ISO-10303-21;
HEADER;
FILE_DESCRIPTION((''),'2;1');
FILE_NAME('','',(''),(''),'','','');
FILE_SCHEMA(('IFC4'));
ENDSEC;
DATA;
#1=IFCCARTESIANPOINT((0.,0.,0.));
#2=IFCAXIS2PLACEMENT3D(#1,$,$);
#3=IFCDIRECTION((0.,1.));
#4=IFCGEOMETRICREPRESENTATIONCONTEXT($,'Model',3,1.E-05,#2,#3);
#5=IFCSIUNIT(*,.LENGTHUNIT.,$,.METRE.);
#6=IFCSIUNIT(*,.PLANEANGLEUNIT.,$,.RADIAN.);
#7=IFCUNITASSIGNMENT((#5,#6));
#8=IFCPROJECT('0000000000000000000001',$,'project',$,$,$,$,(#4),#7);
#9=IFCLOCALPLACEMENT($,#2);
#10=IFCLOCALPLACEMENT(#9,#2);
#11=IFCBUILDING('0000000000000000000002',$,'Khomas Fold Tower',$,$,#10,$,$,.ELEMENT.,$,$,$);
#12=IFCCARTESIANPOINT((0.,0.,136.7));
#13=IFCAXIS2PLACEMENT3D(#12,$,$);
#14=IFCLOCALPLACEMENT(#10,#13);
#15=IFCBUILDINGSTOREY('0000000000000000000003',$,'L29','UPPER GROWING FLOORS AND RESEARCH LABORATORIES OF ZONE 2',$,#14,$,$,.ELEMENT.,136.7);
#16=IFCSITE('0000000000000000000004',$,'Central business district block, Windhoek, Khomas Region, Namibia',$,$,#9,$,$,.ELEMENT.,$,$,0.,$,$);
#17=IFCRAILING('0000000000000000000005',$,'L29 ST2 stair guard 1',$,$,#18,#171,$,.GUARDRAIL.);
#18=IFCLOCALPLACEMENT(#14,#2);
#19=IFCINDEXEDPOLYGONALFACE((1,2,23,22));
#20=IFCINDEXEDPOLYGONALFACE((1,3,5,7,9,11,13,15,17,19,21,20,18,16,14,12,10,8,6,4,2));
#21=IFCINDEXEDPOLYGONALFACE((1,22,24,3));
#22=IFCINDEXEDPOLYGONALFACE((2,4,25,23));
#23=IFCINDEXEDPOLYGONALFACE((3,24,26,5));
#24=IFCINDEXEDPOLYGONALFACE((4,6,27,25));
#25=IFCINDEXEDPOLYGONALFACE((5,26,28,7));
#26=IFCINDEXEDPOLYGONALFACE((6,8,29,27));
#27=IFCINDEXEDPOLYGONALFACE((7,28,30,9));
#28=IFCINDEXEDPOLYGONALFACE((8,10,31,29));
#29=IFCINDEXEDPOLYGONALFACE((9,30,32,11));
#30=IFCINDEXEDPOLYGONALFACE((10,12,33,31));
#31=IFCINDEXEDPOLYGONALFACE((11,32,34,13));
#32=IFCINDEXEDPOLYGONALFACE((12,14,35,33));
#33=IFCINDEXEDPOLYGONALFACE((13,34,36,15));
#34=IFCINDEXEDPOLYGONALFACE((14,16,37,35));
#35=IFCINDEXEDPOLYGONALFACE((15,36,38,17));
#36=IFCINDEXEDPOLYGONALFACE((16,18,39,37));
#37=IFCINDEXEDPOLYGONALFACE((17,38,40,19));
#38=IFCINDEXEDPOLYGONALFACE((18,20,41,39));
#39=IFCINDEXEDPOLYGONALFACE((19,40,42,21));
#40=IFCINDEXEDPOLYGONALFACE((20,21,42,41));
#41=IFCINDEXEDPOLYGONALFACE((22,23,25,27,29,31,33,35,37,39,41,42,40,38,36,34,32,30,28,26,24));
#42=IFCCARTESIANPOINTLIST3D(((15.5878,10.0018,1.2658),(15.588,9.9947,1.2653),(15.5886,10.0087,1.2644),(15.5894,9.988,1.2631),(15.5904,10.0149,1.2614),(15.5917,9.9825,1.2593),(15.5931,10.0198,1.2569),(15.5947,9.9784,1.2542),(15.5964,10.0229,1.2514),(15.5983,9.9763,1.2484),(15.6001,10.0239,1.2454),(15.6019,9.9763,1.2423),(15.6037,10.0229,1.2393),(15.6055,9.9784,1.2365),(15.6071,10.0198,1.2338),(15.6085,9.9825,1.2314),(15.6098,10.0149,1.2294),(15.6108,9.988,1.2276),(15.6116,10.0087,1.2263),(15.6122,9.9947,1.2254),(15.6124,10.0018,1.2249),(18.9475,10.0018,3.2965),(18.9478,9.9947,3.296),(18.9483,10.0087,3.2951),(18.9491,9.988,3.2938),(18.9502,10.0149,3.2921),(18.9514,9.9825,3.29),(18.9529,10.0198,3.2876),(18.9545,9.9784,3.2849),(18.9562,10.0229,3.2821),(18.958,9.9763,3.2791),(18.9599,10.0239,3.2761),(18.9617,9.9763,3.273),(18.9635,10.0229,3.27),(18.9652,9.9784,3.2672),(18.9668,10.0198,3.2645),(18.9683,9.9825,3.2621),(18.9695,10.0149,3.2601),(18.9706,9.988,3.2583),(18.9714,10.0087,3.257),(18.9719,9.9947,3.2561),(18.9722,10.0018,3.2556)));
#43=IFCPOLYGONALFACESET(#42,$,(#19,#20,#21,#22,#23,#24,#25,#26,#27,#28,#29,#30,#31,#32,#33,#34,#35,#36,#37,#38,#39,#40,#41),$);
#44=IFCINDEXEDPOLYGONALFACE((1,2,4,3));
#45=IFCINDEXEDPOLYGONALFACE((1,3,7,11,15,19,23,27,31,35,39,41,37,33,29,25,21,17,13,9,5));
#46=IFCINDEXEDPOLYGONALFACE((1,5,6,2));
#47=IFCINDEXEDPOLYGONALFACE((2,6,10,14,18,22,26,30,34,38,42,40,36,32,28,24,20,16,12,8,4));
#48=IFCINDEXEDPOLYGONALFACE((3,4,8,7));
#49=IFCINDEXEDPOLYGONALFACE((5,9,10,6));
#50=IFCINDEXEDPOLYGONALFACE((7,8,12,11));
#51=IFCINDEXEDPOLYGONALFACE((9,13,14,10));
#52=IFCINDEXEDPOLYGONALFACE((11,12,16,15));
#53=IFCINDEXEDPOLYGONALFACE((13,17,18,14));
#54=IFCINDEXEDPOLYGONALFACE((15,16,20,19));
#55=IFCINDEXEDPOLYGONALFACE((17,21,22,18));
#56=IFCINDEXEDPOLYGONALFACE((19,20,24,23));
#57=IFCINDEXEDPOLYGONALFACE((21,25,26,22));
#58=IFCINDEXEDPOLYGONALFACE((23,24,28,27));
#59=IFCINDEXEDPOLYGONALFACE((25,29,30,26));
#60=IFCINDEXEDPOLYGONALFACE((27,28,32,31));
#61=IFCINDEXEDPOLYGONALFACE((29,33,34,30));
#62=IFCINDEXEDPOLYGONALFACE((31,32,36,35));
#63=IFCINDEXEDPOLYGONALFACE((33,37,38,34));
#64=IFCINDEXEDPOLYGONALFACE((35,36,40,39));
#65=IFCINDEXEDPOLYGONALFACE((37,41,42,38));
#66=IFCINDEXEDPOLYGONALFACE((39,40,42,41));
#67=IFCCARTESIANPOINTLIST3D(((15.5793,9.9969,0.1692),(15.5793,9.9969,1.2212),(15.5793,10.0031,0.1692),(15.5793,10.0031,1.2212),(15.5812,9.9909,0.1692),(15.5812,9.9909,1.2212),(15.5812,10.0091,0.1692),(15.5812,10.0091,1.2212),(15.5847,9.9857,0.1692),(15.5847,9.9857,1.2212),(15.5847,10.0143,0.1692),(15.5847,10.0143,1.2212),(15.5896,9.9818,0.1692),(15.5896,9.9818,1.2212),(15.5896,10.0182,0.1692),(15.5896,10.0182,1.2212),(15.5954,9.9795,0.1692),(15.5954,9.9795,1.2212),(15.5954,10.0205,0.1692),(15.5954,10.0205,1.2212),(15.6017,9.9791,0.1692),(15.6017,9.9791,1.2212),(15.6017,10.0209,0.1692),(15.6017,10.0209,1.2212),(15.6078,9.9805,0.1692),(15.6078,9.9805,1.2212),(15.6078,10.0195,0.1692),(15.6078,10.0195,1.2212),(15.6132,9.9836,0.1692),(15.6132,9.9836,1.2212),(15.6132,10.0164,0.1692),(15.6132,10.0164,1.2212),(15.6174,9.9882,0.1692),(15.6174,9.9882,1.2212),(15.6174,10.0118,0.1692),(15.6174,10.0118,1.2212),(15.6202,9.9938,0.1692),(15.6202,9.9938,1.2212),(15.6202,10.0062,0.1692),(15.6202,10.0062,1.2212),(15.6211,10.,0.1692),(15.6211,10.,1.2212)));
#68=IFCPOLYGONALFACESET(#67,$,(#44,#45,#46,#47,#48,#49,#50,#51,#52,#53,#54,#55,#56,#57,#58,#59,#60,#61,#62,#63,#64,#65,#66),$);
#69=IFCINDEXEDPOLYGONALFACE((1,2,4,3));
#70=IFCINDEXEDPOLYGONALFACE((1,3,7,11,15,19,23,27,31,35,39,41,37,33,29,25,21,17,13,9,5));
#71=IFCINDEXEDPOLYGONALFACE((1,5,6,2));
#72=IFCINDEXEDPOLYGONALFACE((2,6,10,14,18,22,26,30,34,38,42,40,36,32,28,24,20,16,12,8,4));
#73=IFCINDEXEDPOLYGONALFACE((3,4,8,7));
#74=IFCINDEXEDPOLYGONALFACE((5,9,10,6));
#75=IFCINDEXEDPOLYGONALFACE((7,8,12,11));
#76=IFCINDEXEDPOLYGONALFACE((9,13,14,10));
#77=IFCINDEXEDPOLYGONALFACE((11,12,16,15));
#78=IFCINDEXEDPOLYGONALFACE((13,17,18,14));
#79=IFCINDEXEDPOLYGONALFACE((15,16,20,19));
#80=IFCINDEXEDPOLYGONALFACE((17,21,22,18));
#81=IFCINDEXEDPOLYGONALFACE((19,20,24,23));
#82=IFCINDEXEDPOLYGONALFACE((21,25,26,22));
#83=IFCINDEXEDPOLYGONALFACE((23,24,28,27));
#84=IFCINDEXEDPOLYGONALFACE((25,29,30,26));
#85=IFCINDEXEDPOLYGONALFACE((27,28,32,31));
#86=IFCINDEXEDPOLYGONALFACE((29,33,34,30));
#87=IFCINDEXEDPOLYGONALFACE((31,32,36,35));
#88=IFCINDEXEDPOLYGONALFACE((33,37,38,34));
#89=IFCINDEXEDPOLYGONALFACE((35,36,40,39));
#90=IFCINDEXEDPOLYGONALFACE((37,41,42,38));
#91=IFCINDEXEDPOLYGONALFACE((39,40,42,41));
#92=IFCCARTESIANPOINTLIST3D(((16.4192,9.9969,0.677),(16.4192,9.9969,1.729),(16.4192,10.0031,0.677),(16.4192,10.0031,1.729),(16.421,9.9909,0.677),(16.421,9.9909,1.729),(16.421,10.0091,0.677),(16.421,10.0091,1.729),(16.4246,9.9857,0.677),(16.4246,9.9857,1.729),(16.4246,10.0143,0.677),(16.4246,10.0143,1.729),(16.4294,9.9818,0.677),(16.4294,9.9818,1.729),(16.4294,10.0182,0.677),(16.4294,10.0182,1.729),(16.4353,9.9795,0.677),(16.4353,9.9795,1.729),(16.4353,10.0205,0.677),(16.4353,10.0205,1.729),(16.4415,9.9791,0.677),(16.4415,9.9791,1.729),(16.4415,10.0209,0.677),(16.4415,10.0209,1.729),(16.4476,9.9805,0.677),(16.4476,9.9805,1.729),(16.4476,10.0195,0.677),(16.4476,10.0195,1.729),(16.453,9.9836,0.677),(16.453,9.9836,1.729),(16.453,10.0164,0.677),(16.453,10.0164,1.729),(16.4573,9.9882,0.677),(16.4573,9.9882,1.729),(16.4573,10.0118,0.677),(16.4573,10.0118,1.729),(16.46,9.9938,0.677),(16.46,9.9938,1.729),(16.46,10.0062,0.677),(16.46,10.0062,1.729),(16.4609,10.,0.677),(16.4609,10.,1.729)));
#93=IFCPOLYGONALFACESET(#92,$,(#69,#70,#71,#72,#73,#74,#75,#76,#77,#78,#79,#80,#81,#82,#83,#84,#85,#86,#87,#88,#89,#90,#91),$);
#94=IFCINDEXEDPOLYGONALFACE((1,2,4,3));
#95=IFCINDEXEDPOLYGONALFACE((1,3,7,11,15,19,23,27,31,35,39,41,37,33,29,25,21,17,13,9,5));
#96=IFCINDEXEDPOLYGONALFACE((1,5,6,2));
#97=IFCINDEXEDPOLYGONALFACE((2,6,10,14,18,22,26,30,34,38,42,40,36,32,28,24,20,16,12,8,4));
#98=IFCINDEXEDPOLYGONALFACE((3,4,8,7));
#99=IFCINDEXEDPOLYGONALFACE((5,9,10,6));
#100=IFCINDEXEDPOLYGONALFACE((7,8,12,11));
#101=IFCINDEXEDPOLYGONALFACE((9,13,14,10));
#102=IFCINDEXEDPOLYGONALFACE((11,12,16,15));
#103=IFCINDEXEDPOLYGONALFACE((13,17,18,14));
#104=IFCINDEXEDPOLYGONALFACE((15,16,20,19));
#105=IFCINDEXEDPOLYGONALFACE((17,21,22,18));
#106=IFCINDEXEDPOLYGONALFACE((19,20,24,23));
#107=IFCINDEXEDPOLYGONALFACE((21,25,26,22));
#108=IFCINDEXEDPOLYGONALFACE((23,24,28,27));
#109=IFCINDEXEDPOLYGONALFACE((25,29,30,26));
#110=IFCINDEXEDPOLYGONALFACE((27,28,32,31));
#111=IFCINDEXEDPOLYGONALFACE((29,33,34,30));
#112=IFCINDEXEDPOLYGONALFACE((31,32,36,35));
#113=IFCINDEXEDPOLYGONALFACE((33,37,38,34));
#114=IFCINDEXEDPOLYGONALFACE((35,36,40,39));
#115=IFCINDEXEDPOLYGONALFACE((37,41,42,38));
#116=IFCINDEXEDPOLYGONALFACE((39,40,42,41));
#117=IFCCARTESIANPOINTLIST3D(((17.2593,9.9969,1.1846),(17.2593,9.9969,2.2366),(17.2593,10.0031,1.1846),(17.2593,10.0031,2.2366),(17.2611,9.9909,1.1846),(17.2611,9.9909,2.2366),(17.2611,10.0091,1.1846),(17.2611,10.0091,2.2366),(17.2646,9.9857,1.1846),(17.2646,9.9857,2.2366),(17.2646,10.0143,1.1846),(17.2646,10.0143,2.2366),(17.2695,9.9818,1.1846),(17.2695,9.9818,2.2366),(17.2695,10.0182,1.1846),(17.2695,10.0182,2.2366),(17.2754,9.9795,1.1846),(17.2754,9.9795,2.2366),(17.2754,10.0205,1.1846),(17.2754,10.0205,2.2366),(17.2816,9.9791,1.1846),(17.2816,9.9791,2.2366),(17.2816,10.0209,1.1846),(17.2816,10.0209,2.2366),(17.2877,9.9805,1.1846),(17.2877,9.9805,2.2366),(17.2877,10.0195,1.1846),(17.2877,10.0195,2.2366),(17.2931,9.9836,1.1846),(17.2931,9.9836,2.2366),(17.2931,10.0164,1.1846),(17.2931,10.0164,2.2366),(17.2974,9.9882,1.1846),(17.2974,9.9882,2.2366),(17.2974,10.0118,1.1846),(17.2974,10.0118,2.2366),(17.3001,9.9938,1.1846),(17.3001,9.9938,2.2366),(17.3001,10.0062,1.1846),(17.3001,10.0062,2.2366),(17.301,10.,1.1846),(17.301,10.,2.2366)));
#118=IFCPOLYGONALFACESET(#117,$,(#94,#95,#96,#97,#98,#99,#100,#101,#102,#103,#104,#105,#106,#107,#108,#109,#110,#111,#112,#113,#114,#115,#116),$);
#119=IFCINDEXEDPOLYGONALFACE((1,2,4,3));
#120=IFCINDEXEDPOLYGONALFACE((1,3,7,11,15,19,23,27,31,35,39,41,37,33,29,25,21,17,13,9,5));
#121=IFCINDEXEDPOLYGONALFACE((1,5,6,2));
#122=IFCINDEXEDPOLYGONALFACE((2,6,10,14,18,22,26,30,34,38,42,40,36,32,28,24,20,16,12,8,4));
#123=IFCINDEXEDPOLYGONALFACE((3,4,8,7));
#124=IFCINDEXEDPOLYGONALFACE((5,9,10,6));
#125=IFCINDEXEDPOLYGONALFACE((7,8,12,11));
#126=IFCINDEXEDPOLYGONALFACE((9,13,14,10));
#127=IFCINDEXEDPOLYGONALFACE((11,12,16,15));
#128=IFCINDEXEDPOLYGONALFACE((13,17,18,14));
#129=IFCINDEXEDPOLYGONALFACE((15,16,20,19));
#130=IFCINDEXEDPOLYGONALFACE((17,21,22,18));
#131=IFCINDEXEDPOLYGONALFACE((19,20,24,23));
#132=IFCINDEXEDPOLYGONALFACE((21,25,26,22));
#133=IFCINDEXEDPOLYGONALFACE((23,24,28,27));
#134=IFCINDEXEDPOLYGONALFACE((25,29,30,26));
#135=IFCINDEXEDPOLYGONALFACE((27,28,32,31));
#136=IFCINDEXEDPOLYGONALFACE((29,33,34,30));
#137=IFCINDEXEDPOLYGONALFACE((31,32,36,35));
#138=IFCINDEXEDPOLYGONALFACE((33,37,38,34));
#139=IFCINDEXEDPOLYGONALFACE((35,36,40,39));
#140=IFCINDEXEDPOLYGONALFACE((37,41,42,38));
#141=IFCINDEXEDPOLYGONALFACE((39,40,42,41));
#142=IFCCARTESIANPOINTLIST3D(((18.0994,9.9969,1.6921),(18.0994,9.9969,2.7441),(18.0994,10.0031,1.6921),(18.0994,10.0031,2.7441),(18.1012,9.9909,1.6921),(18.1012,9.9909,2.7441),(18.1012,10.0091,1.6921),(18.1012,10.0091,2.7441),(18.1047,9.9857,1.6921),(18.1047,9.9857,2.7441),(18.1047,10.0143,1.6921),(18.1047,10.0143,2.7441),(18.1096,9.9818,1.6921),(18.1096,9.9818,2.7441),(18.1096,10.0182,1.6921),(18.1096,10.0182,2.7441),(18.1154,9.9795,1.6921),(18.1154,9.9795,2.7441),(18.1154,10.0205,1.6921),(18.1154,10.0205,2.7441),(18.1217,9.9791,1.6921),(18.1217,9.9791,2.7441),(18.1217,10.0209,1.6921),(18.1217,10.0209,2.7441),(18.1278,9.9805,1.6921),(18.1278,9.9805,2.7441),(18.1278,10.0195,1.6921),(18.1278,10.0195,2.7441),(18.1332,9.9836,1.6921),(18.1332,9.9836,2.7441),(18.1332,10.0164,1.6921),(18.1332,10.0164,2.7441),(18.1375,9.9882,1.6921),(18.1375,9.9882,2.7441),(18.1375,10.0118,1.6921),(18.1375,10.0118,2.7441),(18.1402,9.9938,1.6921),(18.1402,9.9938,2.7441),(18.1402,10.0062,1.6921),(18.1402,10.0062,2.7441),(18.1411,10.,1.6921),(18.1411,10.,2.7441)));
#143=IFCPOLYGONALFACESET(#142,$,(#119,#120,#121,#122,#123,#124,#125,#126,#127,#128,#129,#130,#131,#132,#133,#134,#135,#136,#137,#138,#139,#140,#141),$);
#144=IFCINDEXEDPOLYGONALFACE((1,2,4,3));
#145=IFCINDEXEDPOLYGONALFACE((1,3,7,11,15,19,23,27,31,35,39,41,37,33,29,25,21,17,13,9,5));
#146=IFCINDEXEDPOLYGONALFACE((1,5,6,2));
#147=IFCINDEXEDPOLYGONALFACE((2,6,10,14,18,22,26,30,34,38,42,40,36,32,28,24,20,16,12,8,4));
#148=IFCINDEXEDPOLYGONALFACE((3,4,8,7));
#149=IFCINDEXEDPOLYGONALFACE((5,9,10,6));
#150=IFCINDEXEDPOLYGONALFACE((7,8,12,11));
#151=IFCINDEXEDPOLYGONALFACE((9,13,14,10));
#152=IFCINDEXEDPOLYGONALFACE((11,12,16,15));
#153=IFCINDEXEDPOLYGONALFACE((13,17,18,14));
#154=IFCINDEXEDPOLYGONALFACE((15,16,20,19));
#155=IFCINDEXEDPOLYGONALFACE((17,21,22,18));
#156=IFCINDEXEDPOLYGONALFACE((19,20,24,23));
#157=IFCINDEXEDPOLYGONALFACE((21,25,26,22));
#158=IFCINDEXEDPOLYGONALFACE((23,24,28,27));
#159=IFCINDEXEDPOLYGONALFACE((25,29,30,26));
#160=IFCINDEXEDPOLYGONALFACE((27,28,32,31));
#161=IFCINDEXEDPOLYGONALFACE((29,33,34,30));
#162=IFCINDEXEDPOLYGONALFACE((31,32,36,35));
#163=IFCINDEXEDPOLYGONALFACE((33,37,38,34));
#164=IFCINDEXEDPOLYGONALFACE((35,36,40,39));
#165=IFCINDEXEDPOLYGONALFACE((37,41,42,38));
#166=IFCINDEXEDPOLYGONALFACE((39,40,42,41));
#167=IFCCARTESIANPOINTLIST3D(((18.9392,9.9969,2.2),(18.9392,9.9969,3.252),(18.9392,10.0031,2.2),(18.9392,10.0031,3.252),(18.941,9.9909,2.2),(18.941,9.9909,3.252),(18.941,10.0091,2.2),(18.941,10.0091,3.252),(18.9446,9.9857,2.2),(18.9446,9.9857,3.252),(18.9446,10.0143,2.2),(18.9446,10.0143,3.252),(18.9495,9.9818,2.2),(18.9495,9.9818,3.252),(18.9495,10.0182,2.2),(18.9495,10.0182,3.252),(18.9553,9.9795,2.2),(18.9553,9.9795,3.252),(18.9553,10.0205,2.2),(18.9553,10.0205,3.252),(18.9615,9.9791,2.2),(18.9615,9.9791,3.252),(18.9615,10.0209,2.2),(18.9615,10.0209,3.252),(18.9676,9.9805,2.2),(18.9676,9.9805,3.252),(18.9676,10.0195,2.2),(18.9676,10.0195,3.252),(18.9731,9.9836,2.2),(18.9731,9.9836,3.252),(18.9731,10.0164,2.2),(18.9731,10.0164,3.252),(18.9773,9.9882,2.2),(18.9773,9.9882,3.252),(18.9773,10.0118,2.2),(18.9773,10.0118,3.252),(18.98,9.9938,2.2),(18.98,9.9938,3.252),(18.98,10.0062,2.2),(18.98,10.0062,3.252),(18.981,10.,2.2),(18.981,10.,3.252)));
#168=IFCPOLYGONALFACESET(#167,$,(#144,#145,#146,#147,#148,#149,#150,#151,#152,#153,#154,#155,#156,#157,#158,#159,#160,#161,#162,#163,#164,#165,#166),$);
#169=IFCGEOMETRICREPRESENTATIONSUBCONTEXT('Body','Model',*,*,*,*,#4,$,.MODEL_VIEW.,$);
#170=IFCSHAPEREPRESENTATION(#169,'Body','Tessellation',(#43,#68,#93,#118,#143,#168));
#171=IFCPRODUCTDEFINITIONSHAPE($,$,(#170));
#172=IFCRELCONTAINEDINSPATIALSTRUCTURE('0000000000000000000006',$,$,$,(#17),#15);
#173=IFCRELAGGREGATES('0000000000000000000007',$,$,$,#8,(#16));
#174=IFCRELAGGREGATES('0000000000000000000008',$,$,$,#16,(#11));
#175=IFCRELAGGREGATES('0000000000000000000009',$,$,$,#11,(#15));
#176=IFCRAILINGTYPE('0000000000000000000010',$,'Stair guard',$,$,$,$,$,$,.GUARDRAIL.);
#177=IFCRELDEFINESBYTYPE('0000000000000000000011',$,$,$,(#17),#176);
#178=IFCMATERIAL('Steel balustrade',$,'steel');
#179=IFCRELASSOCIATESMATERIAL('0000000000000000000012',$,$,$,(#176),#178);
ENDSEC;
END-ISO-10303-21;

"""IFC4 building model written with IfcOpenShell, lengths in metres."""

from ifc_helpers import new_model, si_unit, direction, frame, origin, origin_2d, place, context, subcontext, project, spatial, circle, extrude, source, transform, mapped, material, type_object, element, save


model = new_model("IFC4")

# Units and contexts
model_context = context("Model", 3, precision=1e-05, world=origin(), true_north=direction((0.0, 1.0)))
body_context = subcontext(model_context, "Body", "Model", "MODEL_VIEW")
ifc_project = project(units=[si_unit("LENGTHUNIT", "METRE"), si_unit("PLANEANGLEUNIT", "RADIAN")], contexts=[model_context])

# Site, building, storey
site_placement = place(None, origin())
site = spatial("IfcSite", under=ifc_project, at=site_placement, Name="Central business district block, Windhoek, Khomas Region, Namibia", CompositionType="ELEMENT", RefElevation=0.0)
building_placement = place(site_placement, origin())
building = spatial("IfcBuilding", under=site, at=building_placement, Name="Khomas Fold Tower", CompositionType="ELEMENT")
storey_placement = place(building_placement, frame((0.0, 0.0, 136.7)))
storey = spatial("IfcBuildingStorey", under=building, at=storey_placement, Name="L29", Description="UPPER GROWING FLOORS AND RESEARCH LABORATORIES OF ZONE 2", CompositionType="ELEMENT", Elevation=136.7)

# Railing
ifc_material_1 = material(Name="Steel balustrade", Category="steel")
railing_type_1 = type_object("IfcRailingType", Name="Stair guard", PredefinedType="GUARDRAIL", material=ifc_material_1)
shared_shape_1 = source(origin(), body_context, "Body", "SweptSolid", [
    extrude(circle(Radius=0.0239, at=origin_2d()), frame((0.0, 0.0, 1.0762), z_axis=(0.85582, 0.0, 0.517273), x_axis=(0.0, 1.0, 0.0)), (0.0, 0.0, 1.0), 3.9258),
    extrude(circle(Radius=0.021, at=origin_2d()), origin(), (0.0, 0.0, 1.0), 1.052),
    extrude(circle(Radius=0.021, at=origin_2d()), frame((0.8398, 0.0, 0.5078)), (0.0, 0.0, 1.0), 1.052),
    extrude(circle(Radius=0.021, at=origin_2d()), frame((1.6799, 0.0, 1.0154)), (0.0, 0.0, 1.0), 1.052),
    extrude(circle(Radius=0.021, at=origin_2d()), frame((2.52, 0.0, 1.5229)), (0.0, 0.0, 1.0), 1.052),
    extrude(circle(Radius=0.021, at=origin_2d()), frame((3.3599, 0.0, 2.0308)), (0.0, 0.0, 1.0), 1.052),
])
railing_1_placement = place(storey_placement, frame((15.6001, 10.0, 0.1692)))
element("IfcRailing", 1, at=railing_1_placement, inside=storey, type_object=railing_type_1, Name="L29 ST2 stair guard 1", PredefinedType="GUARDRAIL", context=body_context, shape_type="MappedRepresentation", body=[
    mapped(shared_shape_1, transform((0.0, 0.0, 0.0))),
])

save(model, "model.ifc")
